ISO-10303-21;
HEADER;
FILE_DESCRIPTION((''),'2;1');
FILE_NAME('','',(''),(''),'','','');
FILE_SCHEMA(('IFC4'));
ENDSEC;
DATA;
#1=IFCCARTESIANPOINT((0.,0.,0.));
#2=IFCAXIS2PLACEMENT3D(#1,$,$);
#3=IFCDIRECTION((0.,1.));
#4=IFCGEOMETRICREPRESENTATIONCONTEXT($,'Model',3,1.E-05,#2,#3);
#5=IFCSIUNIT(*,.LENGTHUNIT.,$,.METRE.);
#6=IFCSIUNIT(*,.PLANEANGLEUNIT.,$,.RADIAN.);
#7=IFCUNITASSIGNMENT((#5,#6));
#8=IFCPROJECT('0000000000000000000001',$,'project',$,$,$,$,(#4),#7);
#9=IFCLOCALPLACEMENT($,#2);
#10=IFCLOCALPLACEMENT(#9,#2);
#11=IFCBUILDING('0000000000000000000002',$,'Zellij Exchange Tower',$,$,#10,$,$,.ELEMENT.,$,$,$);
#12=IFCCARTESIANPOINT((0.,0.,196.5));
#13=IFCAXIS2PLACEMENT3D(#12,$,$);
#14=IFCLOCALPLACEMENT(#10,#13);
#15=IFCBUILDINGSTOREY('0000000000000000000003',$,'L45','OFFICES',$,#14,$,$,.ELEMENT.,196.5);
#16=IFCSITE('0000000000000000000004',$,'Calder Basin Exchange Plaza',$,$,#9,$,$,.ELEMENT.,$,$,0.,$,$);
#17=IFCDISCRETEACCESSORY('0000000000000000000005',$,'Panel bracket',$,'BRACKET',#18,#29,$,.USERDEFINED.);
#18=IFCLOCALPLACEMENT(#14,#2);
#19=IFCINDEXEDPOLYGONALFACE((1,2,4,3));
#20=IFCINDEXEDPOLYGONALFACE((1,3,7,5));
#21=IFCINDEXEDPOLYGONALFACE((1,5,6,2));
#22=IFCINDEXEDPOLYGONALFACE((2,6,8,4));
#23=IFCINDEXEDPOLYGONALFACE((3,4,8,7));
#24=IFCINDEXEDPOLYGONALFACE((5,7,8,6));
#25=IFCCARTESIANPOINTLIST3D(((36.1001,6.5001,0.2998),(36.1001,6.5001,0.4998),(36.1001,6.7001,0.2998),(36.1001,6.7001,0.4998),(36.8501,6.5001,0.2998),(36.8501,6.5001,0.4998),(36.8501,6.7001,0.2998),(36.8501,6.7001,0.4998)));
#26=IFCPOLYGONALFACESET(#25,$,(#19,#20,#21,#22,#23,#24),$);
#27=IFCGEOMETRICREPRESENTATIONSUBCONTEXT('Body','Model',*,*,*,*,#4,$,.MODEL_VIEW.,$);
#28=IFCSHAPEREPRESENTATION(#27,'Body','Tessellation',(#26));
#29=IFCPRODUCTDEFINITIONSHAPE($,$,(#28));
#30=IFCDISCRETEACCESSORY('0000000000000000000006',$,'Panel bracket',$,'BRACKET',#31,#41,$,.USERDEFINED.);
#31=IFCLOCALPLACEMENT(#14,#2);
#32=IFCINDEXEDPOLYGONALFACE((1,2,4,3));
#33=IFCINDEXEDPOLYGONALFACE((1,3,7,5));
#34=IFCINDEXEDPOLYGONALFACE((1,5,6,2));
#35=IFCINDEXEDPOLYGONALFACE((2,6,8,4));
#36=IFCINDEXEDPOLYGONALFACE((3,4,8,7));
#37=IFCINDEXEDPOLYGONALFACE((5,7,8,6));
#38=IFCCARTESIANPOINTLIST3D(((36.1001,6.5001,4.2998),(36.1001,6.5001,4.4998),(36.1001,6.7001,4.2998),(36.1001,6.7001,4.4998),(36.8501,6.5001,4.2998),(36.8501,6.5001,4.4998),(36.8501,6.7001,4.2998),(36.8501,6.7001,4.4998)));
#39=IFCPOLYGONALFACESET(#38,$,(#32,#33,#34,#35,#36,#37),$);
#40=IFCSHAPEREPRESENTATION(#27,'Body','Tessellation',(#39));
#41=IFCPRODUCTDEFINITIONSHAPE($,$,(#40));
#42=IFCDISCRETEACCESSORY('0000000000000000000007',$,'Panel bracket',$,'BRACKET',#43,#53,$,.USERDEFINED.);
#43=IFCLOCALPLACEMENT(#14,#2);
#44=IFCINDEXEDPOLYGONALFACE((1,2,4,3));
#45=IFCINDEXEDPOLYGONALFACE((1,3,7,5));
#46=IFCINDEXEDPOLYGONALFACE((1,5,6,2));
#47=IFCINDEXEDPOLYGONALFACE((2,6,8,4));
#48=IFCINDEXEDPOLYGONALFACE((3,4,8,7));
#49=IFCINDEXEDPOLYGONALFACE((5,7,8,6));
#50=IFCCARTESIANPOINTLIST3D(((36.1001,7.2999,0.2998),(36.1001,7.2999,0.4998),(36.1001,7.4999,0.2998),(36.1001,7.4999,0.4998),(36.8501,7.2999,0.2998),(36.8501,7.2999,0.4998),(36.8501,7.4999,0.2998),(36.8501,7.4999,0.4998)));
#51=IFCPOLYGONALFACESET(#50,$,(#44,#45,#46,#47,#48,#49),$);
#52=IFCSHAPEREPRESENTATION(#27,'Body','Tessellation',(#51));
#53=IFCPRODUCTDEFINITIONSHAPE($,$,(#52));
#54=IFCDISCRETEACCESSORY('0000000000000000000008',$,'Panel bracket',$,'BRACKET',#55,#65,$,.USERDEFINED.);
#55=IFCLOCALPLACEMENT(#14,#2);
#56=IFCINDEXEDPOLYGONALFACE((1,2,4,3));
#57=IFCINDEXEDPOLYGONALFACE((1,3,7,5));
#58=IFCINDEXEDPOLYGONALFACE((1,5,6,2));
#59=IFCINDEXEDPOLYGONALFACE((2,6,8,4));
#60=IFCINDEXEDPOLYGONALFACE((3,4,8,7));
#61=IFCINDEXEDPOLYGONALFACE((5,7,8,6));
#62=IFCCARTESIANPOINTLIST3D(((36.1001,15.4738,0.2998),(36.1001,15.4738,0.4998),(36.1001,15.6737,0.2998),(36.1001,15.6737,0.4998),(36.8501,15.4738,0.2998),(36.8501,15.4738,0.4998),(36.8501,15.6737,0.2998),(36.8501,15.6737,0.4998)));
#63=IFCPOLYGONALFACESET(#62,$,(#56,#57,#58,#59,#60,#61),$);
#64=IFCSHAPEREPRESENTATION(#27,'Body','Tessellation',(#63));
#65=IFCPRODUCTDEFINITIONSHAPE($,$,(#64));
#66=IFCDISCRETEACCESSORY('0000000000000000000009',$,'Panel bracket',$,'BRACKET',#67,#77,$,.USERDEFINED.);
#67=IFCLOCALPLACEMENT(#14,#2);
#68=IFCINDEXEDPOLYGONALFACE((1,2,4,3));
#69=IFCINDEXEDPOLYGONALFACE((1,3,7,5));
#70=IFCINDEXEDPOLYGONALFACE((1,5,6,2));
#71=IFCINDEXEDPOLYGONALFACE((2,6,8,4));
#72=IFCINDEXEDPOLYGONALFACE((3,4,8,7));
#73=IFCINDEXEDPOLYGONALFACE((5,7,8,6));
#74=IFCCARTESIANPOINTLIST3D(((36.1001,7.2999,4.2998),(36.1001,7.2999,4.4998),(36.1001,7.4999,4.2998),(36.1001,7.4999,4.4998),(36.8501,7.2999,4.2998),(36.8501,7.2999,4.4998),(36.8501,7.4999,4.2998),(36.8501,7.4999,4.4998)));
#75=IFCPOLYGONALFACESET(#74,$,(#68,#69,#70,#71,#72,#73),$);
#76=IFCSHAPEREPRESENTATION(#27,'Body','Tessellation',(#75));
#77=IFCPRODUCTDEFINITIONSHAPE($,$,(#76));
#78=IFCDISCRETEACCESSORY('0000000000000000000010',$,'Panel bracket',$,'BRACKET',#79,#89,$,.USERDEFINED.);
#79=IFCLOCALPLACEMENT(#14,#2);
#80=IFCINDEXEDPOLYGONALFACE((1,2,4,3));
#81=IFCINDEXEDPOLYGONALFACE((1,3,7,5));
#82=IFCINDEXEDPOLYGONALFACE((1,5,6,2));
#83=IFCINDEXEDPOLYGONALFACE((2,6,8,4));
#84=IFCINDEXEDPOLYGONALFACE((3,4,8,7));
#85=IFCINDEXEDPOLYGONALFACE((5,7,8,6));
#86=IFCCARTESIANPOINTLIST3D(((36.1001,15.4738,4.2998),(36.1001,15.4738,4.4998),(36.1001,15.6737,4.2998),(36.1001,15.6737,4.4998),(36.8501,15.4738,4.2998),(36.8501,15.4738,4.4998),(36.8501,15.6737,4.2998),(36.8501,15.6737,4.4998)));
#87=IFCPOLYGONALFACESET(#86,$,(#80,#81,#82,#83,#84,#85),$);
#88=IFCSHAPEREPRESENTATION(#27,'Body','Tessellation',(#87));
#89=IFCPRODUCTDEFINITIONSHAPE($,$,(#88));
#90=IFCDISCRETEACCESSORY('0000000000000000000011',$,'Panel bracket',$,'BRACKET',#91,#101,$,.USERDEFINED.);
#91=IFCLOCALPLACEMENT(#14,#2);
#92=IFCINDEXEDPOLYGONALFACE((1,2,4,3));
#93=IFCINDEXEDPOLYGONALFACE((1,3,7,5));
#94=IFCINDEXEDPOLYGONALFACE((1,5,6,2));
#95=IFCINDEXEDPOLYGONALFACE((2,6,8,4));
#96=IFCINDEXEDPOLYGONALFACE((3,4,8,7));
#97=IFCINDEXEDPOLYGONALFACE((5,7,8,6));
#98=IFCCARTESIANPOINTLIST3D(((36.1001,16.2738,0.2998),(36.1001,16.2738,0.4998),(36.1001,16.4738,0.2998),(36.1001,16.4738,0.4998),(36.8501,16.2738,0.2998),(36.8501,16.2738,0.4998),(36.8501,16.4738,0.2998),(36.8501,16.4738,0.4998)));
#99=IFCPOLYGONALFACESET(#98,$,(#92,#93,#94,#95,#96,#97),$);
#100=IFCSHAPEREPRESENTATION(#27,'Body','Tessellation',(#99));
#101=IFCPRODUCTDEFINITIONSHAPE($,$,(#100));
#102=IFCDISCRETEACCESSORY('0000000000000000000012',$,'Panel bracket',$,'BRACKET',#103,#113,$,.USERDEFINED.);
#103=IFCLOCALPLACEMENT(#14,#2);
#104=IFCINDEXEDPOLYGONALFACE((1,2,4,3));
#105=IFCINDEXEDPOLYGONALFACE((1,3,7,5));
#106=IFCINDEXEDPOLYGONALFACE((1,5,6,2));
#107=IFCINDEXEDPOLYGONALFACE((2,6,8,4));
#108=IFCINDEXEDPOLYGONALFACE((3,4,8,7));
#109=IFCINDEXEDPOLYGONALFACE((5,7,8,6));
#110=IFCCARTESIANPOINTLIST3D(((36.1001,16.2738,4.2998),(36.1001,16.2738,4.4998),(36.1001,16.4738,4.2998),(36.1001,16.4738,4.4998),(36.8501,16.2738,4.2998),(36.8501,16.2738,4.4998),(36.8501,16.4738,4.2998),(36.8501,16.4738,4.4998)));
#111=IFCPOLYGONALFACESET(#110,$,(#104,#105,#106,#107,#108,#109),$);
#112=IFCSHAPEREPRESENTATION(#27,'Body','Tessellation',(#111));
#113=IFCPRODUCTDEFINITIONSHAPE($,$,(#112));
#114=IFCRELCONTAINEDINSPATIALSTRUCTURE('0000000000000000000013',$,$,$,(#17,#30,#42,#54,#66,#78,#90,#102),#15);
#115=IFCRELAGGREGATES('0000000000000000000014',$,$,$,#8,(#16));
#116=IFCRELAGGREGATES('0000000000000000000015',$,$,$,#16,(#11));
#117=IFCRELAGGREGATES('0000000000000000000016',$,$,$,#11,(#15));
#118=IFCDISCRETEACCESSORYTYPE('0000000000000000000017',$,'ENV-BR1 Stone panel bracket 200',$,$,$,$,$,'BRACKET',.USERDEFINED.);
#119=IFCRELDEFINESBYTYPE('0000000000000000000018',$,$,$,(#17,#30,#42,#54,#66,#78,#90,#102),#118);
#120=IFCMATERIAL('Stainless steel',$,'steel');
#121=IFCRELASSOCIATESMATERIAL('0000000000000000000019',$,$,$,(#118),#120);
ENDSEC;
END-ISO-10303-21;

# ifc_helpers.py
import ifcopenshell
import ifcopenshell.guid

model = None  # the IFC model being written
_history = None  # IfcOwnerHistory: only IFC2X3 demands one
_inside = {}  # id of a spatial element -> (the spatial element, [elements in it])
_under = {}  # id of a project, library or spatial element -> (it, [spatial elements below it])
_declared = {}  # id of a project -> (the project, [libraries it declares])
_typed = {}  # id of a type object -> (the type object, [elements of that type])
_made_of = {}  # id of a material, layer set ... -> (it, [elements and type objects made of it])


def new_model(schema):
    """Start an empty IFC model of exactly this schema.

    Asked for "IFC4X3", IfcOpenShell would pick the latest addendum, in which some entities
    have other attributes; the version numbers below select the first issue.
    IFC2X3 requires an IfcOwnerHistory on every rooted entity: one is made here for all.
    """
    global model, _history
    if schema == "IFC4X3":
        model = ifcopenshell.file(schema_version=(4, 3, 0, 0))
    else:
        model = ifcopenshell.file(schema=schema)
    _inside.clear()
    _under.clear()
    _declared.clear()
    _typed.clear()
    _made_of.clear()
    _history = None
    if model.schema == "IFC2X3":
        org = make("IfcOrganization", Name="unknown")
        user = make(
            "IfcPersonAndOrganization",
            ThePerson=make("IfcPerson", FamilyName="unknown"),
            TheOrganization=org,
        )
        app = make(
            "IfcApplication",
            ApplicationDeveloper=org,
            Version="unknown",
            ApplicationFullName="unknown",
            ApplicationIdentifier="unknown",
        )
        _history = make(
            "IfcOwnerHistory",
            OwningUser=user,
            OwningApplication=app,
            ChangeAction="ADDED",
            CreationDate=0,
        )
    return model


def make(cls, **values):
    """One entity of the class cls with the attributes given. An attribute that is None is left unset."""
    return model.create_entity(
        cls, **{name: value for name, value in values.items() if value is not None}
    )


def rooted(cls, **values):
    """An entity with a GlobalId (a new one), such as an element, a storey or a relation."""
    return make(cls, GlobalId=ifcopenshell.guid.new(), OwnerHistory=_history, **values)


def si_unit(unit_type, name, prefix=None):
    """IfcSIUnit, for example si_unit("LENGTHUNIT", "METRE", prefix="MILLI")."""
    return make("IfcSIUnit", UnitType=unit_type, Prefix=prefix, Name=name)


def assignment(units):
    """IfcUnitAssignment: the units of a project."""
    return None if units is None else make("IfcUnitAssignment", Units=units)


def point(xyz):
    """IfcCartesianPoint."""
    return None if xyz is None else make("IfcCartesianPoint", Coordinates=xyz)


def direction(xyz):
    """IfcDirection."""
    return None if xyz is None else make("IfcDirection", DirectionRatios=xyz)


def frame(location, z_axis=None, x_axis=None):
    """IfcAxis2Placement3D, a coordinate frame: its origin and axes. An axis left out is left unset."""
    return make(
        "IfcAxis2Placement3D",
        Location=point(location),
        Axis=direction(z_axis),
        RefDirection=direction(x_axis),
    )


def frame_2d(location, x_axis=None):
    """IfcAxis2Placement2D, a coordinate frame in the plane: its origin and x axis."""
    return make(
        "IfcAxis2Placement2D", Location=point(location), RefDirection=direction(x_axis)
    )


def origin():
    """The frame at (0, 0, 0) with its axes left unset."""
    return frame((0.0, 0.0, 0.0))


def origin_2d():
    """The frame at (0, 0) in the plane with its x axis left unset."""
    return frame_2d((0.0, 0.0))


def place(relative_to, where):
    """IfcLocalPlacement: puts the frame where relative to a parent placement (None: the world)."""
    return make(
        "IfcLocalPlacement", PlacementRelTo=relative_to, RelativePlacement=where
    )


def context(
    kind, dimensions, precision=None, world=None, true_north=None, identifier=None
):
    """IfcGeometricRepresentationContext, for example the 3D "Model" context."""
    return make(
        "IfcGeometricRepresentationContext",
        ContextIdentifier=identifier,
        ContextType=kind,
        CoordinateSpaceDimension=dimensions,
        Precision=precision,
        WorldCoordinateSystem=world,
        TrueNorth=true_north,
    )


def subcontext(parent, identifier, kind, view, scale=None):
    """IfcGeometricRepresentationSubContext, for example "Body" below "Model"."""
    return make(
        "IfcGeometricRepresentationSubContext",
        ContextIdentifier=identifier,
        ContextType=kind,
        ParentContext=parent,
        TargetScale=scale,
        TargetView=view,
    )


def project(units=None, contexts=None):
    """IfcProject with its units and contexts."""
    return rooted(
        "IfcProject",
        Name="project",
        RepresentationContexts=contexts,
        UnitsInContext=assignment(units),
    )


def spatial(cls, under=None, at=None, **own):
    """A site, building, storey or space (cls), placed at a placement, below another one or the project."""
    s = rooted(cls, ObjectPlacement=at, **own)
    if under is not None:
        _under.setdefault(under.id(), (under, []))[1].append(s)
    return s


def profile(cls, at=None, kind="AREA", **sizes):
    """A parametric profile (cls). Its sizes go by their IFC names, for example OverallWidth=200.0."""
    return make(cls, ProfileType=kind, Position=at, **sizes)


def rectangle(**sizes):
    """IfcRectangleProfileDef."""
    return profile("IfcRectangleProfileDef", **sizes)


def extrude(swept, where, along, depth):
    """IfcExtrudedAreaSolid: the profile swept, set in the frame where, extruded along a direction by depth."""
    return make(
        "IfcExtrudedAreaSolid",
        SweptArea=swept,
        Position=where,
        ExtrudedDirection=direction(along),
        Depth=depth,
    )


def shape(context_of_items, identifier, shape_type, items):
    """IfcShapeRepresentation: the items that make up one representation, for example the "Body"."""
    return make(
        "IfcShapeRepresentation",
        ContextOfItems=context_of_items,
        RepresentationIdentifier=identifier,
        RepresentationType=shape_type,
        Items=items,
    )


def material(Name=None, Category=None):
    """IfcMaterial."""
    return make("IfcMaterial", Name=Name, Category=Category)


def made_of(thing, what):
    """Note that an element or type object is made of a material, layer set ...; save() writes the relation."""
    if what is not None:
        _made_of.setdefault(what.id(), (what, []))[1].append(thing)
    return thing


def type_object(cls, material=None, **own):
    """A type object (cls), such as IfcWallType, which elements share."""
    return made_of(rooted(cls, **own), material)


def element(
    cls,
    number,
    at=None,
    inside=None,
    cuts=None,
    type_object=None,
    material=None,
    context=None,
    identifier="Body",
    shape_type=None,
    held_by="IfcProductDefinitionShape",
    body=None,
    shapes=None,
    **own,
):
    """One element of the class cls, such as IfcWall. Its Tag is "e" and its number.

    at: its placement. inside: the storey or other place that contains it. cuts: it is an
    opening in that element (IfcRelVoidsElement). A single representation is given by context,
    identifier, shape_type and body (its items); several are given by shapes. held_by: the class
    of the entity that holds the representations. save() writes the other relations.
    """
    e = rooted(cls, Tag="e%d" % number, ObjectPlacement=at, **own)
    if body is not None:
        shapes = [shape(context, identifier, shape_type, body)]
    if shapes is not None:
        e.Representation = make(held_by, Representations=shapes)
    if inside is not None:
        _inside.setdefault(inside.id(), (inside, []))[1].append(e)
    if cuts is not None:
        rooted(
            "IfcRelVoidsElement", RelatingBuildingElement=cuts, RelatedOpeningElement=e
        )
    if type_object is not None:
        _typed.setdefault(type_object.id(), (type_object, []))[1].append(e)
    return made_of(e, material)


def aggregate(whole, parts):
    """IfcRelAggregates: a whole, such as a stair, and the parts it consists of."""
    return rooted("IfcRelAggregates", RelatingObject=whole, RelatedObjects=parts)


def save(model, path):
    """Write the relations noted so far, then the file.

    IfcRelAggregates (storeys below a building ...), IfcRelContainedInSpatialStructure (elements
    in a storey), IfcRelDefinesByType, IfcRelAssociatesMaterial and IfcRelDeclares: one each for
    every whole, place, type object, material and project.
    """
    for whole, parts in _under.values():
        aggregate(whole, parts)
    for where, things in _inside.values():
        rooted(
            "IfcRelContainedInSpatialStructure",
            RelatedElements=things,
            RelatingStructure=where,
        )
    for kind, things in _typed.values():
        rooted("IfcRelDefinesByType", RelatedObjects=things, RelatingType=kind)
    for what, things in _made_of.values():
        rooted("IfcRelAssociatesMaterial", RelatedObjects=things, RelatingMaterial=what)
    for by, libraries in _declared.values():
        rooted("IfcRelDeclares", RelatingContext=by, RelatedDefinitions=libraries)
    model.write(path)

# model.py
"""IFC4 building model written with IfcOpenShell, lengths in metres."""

from ifc_helpers import new_model, si_unit, direction, frame, origin, origin_2d, place, context, subcontext, project, spatial, rectangle, extrude, material, type_object, element, save


model = new_model("IFC4")

# Units and contexts
model_context = context("Model", 3, precision=1e-05, world=origin(), true_north=direction((0.0, 1.0)))
body_context = subcontext(model_context, "Body", "Model", "MODEL_VIEW")
ifc_project = project(units=[si_unit("LENGTHUNIT", "METRE"), si_unit("PLANEANGLEUNIT", "RADIAN")], contexts=[model_context])

# Site, building, storey
site_placement = place(None, origin())
site = spatial("IfcSite", under=ifc_project, at=site_placement, Name="Calder Basin Exchange Plaza", CompositionType="ELEMENT", RefElevation=0.0)
building_placement = place(site_placement, origin())
building = spatial("IfcBuilding", under=site, at=building_placement, Name="Zellij Exchange Tower", CompositionType="ELEMENT")
storey_placement = place(building_placement, frame((0.0, 0.0, 196.5)))
storey = spatial("IfcBuildingStorey", under=building, at=storey_placement, Name="L45", Description="OFFICES", CompositionType="ELEMENT", Elevation=196.5)

# Discrete accessories
ifc_material_1 = material(Name="Stainless steel", Category="steel")
discrete_accessory_type = type_object("IfcDiscreteAccessoryType", Name="ENV-BR1 Stone panel bracket 200", ElementType="BRACKET", PredefinedType="USERDEFINED", material=ifc_material_1)
for number, where, z_axis, x_axis, name in (
    (1, (36.4751, 6.6001, 0.2998), (0.0, 0.0, 1.0), (0.0, 1.0, 0.0), "Panel bracket"),
    (2, (36.4751, 6.6001, 4.2998), (0.0, 0.0, 1.0), (0.0, 1.0, 0.0), "Panel bracket"),
    (3, (36.4751, 7.3999, 0.2998), (0.0, 0.0, 1.0), (0.0, 1.0, 0.0), "Panel bracket"),
    (4, (36.4751, 15.5737, 0.2998), (0.0, 0.0, 1.0), (0.0, 1.0, 0.0), "Panel bracket"),
    (5, (36.4751, 7.3999, 4.2998), (0.0, 0.0, 1.0), (0.0, 1.0, 0.0), "Panel bracket"),
    (6, (36.4751, 15.5737, 4.2998), (0.0, 0.0, 1.0), (0.0, 1.0, 0.0), "Panel bracket"),
    (7, (36.4751, 16.3738, 0.2998), (0.0, 0.0, 1.0), (0.0, 1.0, 0.0), "Panel bracket"),
    (8, (36.4751, 16.3738, 4.2998), (0.0, 0.0, 1.0), (0.0, 1.0, 0.0), "Panel bracket"),
):
    element("IfcDiscreteAccessory", number, at=place(storey_placement, frame(where, z_axis=z_axis, x_axis=x_axis)), inside=storey, type_object=discrete_accessory_type, Name=name, ObjectType="BRACKET", PredefinedType="USERDEFINED", context=body_context, shape_type="SweptSolid", body=[
        extrude(rectangle(XDim=0.2, YDim=0.75, at=origin_2d()), origin(), (0.0, 0.0, 1.0), 0.2),
    ])

save(model, "model.ifc")
